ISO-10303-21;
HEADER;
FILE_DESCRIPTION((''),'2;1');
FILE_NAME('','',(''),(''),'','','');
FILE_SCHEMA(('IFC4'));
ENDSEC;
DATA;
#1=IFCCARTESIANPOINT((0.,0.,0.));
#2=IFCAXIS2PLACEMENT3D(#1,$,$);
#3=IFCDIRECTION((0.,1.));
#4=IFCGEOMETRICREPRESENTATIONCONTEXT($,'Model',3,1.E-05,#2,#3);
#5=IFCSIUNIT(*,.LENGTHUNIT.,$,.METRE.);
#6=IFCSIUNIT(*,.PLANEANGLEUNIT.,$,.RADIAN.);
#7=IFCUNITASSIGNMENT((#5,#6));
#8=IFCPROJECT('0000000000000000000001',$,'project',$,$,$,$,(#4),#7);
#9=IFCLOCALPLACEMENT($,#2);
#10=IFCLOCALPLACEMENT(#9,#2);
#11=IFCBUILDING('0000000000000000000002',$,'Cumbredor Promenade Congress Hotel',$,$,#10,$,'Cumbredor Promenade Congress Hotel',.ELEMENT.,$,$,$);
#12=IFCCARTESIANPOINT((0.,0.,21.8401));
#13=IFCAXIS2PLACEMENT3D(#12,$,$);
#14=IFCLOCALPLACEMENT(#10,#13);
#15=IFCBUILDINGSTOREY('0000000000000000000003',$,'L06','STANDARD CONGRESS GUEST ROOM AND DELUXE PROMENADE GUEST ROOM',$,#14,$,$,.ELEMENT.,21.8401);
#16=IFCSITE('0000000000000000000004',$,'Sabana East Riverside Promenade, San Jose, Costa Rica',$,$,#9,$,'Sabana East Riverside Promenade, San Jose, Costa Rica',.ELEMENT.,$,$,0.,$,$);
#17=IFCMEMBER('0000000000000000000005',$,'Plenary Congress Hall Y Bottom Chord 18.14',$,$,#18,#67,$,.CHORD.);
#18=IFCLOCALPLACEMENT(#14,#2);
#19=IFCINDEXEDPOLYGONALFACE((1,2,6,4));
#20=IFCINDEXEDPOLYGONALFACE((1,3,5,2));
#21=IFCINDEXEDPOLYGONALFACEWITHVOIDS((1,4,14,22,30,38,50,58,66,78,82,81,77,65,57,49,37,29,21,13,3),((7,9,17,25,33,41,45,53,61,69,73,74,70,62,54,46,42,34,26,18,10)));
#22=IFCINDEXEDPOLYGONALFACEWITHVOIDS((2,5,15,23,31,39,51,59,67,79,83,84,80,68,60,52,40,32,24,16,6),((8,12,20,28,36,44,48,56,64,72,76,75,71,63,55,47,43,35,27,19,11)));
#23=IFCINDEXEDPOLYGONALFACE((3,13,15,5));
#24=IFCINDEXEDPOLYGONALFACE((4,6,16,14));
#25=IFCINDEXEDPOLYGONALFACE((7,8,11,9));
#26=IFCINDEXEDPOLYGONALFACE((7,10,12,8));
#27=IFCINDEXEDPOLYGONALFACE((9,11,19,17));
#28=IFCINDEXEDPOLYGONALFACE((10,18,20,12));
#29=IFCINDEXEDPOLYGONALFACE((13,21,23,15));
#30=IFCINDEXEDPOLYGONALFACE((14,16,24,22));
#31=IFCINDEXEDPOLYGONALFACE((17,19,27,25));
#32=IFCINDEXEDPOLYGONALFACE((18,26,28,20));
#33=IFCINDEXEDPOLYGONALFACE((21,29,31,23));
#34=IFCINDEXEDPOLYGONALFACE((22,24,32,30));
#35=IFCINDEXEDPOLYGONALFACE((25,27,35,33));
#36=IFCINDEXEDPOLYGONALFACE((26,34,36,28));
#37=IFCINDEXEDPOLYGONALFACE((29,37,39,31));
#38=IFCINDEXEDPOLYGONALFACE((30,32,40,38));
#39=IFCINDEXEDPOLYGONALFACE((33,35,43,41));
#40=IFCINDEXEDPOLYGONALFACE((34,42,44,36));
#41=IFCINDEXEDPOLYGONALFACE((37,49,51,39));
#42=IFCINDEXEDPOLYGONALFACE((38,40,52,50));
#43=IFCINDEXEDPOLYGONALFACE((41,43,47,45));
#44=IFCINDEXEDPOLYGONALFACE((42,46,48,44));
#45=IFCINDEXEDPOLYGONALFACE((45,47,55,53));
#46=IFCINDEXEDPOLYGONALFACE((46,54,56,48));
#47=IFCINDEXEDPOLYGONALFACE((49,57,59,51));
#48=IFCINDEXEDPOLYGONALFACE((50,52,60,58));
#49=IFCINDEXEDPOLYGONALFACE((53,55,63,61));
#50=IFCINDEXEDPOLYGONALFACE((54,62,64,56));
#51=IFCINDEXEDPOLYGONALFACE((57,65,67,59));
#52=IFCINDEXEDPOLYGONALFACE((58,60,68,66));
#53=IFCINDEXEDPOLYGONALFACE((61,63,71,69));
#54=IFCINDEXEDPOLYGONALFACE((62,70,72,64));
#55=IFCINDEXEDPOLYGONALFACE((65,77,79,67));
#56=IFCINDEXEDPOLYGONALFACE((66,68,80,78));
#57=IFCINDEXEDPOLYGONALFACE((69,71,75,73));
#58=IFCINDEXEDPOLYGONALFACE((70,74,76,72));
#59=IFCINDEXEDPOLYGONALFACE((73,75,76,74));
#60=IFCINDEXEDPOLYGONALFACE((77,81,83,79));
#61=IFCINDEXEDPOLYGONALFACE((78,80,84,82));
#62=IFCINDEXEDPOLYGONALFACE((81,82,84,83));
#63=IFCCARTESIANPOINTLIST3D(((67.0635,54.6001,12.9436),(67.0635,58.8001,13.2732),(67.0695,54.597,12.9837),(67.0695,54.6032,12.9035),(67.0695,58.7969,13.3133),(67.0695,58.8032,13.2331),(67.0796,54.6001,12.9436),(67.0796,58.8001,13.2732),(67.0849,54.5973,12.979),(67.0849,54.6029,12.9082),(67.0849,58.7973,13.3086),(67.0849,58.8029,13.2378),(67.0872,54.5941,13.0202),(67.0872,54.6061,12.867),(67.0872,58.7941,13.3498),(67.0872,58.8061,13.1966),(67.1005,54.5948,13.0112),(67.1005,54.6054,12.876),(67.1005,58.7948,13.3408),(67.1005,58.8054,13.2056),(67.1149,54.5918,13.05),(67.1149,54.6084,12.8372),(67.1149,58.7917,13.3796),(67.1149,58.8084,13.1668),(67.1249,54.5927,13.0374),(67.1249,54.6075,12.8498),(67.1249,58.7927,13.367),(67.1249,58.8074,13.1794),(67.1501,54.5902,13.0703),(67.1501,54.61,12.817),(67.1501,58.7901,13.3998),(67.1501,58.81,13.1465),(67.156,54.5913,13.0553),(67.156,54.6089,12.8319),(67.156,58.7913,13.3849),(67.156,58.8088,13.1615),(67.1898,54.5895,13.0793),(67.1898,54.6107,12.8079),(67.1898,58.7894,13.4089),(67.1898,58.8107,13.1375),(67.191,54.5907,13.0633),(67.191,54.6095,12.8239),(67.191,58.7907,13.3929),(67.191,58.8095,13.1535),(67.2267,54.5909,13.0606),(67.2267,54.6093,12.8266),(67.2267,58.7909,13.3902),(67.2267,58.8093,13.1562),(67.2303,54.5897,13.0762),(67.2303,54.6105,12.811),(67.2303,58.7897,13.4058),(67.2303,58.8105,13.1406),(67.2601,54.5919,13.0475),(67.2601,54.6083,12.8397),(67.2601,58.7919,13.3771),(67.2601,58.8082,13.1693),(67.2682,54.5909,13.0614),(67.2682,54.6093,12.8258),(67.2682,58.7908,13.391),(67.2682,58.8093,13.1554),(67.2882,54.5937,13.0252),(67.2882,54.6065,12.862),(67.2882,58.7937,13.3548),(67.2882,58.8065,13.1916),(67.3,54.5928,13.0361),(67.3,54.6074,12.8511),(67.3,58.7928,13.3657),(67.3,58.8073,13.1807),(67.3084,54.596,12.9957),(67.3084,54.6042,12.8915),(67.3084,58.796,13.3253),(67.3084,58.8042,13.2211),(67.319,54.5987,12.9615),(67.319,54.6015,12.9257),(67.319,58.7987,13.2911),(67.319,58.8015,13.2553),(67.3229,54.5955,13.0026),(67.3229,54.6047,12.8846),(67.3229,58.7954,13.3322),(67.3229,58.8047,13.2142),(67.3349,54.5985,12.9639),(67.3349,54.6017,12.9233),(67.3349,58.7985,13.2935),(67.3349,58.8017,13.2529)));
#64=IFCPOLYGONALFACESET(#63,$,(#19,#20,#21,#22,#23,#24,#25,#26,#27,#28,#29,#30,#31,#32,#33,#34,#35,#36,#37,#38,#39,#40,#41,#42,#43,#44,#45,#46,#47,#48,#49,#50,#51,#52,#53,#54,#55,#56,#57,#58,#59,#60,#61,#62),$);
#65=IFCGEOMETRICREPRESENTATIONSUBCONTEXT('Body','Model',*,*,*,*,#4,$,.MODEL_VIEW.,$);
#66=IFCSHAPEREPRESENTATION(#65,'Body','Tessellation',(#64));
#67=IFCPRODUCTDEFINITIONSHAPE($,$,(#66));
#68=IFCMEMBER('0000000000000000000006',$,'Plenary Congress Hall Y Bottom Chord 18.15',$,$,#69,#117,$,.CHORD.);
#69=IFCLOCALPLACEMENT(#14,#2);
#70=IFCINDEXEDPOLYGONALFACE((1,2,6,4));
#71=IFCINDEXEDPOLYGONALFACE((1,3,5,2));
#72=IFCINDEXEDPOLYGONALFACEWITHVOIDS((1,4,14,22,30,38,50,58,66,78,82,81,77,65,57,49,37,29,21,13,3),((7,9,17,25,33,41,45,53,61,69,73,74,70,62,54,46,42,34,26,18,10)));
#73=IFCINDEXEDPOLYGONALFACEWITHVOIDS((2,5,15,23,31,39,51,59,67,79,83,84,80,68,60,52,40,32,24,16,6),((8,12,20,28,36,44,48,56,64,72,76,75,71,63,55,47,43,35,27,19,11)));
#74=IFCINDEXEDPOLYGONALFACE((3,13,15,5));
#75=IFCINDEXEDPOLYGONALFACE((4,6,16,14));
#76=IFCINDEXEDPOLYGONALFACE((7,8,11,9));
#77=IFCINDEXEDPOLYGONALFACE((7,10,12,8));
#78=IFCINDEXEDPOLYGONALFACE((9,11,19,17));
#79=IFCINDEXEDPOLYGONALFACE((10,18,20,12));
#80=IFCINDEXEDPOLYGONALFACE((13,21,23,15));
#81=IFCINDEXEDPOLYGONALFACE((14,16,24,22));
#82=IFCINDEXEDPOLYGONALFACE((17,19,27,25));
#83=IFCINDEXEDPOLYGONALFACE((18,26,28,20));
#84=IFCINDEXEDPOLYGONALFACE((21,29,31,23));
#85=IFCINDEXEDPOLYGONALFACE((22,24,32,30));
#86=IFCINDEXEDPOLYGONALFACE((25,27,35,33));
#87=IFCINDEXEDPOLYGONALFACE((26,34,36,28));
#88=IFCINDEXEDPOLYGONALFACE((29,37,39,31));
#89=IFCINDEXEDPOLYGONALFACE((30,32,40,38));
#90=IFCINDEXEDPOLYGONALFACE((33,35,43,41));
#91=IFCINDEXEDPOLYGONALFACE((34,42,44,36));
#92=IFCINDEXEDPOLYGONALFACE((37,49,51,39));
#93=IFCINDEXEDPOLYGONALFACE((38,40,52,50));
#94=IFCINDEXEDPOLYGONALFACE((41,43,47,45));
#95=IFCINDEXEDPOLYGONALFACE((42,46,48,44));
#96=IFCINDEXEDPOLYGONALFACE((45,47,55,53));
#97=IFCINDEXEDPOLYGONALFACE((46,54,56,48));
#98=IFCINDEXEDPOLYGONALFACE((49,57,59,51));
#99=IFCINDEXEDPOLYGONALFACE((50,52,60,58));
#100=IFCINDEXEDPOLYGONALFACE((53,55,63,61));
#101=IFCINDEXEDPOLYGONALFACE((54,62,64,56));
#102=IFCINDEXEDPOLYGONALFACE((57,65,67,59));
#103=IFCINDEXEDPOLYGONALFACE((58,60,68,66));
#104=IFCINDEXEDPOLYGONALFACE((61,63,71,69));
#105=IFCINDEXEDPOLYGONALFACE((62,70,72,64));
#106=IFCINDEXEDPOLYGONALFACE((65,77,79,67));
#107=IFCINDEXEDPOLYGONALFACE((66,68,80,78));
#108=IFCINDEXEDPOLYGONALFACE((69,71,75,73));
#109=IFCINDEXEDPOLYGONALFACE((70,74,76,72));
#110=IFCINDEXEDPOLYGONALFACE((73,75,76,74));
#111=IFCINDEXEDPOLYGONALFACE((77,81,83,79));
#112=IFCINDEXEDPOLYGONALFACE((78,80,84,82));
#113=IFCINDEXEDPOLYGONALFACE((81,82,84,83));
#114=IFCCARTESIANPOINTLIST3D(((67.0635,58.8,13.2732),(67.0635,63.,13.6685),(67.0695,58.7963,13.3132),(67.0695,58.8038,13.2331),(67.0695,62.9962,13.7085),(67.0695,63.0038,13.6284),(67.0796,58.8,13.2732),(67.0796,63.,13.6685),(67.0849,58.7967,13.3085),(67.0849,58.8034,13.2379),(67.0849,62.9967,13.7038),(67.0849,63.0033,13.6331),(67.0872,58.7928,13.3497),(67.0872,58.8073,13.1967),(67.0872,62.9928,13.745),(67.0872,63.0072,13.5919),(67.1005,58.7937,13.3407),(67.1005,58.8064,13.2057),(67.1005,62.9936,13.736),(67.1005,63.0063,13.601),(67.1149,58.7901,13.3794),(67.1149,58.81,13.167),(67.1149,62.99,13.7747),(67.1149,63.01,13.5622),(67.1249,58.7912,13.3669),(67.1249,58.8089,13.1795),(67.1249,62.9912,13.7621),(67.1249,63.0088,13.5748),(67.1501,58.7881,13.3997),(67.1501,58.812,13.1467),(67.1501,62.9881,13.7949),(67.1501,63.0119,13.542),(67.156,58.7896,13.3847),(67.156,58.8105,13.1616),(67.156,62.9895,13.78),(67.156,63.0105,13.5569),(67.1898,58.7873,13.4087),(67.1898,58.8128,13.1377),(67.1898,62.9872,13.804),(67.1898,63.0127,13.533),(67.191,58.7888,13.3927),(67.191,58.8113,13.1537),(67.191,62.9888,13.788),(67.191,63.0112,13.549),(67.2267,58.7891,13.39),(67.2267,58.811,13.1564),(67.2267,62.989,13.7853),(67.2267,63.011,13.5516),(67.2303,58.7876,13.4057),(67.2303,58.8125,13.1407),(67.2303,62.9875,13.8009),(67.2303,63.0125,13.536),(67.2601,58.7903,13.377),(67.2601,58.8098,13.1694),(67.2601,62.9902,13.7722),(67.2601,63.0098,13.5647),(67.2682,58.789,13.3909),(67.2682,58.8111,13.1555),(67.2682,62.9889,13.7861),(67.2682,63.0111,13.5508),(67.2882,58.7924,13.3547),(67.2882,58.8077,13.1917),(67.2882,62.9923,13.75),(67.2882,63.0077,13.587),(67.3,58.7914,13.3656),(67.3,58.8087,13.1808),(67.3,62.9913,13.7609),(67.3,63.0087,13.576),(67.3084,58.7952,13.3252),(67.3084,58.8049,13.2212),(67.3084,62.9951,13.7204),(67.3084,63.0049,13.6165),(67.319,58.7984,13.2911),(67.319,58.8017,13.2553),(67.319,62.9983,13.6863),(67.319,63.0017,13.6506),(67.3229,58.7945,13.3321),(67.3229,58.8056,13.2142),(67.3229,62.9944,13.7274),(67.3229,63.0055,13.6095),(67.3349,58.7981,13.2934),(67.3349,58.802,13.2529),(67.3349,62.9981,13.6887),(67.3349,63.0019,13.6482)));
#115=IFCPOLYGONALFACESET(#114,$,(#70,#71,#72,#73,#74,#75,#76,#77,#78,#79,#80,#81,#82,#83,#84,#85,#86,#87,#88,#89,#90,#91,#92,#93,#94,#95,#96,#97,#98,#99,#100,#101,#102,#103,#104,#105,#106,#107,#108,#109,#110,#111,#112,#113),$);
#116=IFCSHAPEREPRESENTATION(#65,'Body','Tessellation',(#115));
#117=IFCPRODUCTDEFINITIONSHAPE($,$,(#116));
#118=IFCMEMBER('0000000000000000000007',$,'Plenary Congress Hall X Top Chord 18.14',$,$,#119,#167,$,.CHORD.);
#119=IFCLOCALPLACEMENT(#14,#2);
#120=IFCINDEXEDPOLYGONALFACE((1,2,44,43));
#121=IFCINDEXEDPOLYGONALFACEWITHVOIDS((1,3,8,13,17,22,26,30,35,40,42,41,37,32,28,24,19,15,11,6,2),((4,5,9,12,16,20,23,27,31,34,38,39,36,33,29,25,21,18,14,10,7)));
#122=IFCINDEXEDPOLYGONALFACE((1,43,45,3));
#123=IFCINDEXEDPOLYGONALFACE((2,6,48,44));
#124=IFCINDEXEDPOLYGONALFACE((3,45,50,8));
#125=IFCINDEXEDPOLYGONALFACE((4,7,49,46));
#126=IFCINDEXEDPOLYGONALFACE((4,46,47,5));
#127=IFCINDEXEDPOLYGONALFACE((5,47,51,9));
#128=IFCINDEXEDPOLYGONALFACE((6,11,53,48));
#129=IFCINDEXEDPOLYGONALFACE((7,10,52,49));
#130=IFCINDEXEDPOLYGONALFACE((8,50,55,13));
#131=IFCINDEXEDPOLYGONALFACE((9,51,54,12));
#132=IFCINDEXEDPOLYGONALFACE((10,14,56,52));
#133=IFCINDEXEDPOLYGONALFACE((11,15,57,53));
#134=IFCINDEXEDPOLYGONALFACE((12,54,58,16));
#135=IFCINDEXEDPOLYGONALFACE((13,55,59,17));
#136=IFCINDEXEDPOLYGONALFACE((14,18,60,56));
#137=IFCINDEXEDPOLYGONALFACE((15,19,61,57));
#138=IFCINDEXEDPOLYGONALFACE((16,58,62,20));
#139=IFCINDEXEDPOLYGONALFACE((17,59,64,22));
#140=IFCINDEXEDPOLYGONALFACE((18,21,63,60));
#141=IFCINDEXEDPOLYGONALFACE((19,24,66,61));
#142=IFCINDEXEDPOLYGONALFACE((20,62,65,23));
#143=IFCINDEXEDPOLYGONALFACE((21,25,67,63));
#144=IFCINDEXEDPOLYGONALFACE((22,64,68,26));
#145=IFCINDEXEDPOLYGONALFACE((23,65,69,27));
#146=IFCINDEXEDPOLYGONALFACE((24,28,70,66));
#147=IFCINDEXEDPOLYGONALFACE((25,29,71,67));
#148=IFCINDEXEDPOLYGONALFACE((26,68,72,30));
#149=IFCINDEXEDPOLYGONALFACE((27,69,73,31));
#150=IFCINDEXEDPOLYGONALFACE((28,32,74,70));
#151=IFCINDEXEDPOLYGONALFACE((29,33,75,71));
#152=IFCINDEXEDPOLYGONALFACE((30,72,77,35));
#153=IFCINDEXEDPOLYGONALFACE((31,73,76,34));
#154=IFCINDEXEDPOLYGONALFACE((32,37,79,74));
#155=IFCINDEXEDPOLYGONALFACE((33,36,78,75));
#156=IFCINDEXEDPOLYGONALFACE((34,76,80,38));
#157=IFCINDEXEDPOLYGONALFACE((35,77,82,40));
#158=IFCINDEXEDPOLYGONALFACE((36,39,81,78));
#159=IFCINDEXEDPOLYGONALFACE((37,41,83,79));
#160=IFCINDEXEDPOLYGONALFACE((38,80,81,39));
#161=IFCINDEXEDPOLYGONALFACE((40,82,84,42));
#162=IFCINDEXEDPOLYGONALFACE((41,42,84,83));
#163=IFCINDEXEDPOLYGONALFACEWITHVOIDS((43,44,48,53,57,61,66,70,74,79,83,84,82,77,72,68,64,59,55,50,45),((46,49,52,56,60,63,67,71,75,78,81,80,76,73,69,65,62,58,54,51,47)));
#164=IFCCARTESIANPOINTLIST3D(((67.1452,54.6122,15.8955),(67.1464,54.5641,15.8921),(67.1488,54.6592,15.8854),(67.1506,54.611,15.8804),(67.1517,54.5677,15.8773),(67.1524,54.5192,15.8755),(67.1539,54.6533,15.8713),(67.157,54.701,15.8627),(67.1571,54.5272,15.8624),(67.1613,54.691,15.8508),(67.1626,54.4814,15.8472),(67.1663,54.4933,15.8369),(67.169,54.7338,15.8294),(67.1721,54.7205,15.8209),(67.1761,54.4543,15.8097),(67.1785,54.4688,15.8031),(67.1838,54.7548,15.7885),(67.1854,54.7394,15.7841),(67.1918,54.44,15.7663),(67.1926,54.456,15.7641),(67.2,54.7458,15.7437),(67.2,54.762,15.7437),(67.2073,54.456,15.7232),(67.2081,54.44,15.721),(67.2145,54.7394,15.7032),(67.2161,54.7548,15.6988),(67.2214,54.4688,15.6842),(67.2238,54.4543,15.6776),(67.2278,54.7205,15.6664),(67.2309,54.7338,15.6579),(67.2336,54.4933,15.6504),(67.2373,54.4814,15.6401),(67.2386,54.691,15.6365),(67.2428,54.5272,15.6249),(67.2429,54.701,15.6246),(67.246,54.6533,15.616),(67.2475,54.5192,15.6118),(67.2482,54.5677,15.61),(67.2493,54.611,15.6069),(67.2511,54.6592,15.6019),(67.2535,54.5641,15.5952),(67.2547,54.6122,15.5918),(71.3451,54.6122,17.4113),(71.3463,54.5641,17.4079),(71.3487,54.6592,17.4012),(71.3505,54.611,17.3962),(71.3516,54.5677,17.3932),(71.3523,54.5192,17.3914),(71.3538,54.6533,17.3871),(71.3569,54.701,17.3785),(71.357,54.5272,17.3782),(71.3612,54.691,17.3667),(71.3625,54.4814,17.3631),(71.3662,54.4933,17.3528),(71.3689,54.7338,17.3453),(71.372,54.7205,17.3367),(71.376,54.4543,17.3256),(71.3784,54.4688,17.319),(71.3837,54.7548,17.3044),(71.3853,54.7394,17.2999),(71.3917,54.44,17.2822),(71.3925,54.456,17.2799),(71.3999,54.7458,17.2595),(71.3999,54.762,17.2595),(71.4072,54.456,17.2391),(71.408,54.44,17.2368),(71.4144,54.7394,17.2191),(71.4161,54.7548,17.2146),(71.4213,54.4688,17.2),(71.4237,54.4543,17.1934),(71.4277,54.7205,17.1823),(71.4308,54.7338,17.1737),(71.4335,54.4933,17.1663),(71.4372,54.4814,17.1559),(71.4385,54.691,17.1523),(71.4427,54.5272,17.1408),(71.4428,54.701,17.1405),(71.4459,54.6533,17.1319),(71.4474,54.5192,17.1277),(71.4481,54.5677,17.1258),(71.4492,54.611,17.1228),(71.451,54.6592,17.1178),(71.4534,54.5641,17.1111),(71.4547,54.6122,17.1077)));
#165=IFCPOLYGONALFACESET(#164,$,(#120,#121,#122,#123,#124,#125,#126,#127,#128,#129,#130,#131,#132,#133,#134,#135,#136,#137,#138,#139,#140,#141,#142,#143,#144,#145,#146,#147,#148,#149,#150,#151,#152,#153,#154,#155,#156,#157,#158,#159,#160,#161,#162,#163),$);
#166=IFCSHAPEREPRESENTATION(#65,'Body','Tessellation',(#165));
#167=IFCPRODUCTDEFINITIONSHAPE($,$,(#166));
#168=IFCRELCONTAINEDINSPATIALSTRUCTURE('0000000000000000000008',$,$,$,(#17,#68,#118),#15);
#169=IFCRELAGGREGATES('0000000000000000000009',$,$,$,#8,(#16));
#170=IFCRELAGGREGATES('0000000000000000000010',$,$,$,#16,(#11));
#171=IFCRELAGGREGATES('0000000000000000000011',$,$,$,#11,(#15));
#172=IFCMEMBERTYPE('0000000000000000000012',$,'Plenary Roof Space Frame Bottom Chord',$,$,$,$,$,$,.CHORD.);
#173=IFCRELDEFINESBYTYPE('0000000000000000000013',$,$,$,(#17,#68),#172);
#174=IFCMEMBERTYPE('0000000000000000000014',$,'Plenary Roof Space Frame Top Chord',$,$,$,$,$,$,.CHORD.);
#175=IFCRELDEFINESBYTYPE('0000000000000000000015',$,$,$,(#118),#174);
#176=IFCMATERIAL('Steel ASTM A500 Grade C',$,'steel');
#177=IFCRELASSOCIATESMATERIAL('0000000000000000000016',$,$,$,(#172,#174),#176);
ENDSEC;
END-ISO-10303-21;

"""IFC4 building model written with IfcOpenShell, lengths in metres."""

from ifc_helpers import new_model, si_unit, direction, frame, origin, origin_2d, place, context, subcontext, project, spatial, hollow_circle, extrude, material, material_profile, profile_set, type_object, element, save


model = new_model("IFC4")

# Units and contexts
model_context = context("Model", 3, precision=1e-05, world=origin(), true_north=direction((0.0, 1.0)))
body_context = subcontext(model_context, "Body", "Model", "MODEL_VIEW")
ifc_project = project(units=[si_unit("LENGTHUNIT", "METRE"), si_unit("PLANEANGLEUNIT", "RADIAN")], contexts=[model_context])

# Site, building, storey
site_placement = place(None, origin())
site = spatial("IfcSite", under=ifc_project, at=site_placement, Name="Sabana East Riverside Promenade, San Jose, Costa Rica", LongName="Sabana East Riverside Promenade, San Jose, Costa Rica", CompositionType="ELEMENT", RefElevation=0.0)
building_placement = place(site_placement, origin())
building = spatial("IfcBuilding", under=site, at=building_placement, Name="Cumbredor Promenade Congress Hotel", LongName="Cumbredor Promenade Congress Hotel", CompositionType="ELEMENT")
storey_placement = place(building_placement, frame((0.0, 0.0, 21.8401)))
storey = spatial("IfcBuildingStorey", under=building, at=storey_placement, Name="L06", Description="STANDARD CONGRESS GUEST ROOM AND DELUXE PROMENADE GUEST ROOM", CompositionType="ELEMENT", Elevation=21.8401)

# Members
ifc_material_1 = material(Name="Steel ASTM A500 Grade C", Category="steel")
ifc_material_profile_1 = material_profile(ifc_material_1, hollow_circle(Radius=0.1365, WallThickness=0.0161, at=origin_2d()), Name="CHS 273.0x16")
ifc_profile_set_1 = profile_set([ifc_material_profile_1], Name="Steel ASTM A500 Grade C")
member_type_1 = type_object("IfcMemberType", Name="Plenary Roof Space Frame Bottom Chord", PredefinedType="CHORD", material=ifc_profile_set_1)
member_1_placement = place(storey_placement, frame((67.2, 54.6001, 12.9436), z_axis=(0.0, 0.996935, 0.078234), x_axis=(-1.0, 0.0, 0.0)))
element("IfcMember", 1, at=member_1_placement, inside=storey, type_object=member_type_1, Name="Plenary Congress Hall Y Bottom Chord 18.14", PredefinedType="CHORD", context=body_context, shape_type="SweptSolid", body=[
    extrude(hollow_circle(Radius=0.1365, WallThickness=0.0161, at=origin_2d()), origin(), (0.0, 0.0, 1.0), 4.2129),
])
member_2_placement = place(storey_placement, frame((67.2, 58.8, 13.2732), z_axis=(0.0, 0.995601, 0.093697), x_axis=(-1.0, 0.0, 0.0)))
element("IfcMember", 2, at=member_2_placement, inside=storey, type_object=member_type_1, Name="Plenary Congress Hall Y Bottom Chord 18.15", PredefinedType="CHORD", context=body_context, shape_type="SweptSolid", body=[
    extrude(hollow_circle(Radius=0.1365, WallThickness=0.0161, at=origin_2d()), origin(), (0.0, 0.0, 1.0), 4.2185),
])
ifc_material_profile_2 = material_profile(ifc_material_1, hollow_circle(Radius=0.1619, WallThickness=0.0161, at=origin_2d()), Name="CHS 323.9x16")
ifc_profile_set_2 = profile_set([ifc_material_profile_2], Name="Steel ASTM A500 Grade C")
member_type_2 = type_object("IfcMemberType", Name="Plenary Roof Space Frame Top Chord", PredefinedType="CHORD", material=ifc_profile_set_2)
member_3_placement = place(storey_placement, frame((67.2, 54.6001, 15.7437), z_axis=(0.94061, 0.0, 0.33949), x_axis=(0.0, 1.0, 0.0)))
element("IfcMember", 3, at=member_3_placement, inside=storey, type_object=member_type_2, Name="Plenary Congress Hall X Top Chord 18.14", PredefinedType="CHORD", context=body_context, shape_type="SweptSolid", body=[
    extrude(hollow_circle(Radius=0.1619, WallThickness=0.0161, at=origin_2d()), origin(), (0.0, 0.0, 1.0), 4.4651),
])

save(model, "model.ifc")
